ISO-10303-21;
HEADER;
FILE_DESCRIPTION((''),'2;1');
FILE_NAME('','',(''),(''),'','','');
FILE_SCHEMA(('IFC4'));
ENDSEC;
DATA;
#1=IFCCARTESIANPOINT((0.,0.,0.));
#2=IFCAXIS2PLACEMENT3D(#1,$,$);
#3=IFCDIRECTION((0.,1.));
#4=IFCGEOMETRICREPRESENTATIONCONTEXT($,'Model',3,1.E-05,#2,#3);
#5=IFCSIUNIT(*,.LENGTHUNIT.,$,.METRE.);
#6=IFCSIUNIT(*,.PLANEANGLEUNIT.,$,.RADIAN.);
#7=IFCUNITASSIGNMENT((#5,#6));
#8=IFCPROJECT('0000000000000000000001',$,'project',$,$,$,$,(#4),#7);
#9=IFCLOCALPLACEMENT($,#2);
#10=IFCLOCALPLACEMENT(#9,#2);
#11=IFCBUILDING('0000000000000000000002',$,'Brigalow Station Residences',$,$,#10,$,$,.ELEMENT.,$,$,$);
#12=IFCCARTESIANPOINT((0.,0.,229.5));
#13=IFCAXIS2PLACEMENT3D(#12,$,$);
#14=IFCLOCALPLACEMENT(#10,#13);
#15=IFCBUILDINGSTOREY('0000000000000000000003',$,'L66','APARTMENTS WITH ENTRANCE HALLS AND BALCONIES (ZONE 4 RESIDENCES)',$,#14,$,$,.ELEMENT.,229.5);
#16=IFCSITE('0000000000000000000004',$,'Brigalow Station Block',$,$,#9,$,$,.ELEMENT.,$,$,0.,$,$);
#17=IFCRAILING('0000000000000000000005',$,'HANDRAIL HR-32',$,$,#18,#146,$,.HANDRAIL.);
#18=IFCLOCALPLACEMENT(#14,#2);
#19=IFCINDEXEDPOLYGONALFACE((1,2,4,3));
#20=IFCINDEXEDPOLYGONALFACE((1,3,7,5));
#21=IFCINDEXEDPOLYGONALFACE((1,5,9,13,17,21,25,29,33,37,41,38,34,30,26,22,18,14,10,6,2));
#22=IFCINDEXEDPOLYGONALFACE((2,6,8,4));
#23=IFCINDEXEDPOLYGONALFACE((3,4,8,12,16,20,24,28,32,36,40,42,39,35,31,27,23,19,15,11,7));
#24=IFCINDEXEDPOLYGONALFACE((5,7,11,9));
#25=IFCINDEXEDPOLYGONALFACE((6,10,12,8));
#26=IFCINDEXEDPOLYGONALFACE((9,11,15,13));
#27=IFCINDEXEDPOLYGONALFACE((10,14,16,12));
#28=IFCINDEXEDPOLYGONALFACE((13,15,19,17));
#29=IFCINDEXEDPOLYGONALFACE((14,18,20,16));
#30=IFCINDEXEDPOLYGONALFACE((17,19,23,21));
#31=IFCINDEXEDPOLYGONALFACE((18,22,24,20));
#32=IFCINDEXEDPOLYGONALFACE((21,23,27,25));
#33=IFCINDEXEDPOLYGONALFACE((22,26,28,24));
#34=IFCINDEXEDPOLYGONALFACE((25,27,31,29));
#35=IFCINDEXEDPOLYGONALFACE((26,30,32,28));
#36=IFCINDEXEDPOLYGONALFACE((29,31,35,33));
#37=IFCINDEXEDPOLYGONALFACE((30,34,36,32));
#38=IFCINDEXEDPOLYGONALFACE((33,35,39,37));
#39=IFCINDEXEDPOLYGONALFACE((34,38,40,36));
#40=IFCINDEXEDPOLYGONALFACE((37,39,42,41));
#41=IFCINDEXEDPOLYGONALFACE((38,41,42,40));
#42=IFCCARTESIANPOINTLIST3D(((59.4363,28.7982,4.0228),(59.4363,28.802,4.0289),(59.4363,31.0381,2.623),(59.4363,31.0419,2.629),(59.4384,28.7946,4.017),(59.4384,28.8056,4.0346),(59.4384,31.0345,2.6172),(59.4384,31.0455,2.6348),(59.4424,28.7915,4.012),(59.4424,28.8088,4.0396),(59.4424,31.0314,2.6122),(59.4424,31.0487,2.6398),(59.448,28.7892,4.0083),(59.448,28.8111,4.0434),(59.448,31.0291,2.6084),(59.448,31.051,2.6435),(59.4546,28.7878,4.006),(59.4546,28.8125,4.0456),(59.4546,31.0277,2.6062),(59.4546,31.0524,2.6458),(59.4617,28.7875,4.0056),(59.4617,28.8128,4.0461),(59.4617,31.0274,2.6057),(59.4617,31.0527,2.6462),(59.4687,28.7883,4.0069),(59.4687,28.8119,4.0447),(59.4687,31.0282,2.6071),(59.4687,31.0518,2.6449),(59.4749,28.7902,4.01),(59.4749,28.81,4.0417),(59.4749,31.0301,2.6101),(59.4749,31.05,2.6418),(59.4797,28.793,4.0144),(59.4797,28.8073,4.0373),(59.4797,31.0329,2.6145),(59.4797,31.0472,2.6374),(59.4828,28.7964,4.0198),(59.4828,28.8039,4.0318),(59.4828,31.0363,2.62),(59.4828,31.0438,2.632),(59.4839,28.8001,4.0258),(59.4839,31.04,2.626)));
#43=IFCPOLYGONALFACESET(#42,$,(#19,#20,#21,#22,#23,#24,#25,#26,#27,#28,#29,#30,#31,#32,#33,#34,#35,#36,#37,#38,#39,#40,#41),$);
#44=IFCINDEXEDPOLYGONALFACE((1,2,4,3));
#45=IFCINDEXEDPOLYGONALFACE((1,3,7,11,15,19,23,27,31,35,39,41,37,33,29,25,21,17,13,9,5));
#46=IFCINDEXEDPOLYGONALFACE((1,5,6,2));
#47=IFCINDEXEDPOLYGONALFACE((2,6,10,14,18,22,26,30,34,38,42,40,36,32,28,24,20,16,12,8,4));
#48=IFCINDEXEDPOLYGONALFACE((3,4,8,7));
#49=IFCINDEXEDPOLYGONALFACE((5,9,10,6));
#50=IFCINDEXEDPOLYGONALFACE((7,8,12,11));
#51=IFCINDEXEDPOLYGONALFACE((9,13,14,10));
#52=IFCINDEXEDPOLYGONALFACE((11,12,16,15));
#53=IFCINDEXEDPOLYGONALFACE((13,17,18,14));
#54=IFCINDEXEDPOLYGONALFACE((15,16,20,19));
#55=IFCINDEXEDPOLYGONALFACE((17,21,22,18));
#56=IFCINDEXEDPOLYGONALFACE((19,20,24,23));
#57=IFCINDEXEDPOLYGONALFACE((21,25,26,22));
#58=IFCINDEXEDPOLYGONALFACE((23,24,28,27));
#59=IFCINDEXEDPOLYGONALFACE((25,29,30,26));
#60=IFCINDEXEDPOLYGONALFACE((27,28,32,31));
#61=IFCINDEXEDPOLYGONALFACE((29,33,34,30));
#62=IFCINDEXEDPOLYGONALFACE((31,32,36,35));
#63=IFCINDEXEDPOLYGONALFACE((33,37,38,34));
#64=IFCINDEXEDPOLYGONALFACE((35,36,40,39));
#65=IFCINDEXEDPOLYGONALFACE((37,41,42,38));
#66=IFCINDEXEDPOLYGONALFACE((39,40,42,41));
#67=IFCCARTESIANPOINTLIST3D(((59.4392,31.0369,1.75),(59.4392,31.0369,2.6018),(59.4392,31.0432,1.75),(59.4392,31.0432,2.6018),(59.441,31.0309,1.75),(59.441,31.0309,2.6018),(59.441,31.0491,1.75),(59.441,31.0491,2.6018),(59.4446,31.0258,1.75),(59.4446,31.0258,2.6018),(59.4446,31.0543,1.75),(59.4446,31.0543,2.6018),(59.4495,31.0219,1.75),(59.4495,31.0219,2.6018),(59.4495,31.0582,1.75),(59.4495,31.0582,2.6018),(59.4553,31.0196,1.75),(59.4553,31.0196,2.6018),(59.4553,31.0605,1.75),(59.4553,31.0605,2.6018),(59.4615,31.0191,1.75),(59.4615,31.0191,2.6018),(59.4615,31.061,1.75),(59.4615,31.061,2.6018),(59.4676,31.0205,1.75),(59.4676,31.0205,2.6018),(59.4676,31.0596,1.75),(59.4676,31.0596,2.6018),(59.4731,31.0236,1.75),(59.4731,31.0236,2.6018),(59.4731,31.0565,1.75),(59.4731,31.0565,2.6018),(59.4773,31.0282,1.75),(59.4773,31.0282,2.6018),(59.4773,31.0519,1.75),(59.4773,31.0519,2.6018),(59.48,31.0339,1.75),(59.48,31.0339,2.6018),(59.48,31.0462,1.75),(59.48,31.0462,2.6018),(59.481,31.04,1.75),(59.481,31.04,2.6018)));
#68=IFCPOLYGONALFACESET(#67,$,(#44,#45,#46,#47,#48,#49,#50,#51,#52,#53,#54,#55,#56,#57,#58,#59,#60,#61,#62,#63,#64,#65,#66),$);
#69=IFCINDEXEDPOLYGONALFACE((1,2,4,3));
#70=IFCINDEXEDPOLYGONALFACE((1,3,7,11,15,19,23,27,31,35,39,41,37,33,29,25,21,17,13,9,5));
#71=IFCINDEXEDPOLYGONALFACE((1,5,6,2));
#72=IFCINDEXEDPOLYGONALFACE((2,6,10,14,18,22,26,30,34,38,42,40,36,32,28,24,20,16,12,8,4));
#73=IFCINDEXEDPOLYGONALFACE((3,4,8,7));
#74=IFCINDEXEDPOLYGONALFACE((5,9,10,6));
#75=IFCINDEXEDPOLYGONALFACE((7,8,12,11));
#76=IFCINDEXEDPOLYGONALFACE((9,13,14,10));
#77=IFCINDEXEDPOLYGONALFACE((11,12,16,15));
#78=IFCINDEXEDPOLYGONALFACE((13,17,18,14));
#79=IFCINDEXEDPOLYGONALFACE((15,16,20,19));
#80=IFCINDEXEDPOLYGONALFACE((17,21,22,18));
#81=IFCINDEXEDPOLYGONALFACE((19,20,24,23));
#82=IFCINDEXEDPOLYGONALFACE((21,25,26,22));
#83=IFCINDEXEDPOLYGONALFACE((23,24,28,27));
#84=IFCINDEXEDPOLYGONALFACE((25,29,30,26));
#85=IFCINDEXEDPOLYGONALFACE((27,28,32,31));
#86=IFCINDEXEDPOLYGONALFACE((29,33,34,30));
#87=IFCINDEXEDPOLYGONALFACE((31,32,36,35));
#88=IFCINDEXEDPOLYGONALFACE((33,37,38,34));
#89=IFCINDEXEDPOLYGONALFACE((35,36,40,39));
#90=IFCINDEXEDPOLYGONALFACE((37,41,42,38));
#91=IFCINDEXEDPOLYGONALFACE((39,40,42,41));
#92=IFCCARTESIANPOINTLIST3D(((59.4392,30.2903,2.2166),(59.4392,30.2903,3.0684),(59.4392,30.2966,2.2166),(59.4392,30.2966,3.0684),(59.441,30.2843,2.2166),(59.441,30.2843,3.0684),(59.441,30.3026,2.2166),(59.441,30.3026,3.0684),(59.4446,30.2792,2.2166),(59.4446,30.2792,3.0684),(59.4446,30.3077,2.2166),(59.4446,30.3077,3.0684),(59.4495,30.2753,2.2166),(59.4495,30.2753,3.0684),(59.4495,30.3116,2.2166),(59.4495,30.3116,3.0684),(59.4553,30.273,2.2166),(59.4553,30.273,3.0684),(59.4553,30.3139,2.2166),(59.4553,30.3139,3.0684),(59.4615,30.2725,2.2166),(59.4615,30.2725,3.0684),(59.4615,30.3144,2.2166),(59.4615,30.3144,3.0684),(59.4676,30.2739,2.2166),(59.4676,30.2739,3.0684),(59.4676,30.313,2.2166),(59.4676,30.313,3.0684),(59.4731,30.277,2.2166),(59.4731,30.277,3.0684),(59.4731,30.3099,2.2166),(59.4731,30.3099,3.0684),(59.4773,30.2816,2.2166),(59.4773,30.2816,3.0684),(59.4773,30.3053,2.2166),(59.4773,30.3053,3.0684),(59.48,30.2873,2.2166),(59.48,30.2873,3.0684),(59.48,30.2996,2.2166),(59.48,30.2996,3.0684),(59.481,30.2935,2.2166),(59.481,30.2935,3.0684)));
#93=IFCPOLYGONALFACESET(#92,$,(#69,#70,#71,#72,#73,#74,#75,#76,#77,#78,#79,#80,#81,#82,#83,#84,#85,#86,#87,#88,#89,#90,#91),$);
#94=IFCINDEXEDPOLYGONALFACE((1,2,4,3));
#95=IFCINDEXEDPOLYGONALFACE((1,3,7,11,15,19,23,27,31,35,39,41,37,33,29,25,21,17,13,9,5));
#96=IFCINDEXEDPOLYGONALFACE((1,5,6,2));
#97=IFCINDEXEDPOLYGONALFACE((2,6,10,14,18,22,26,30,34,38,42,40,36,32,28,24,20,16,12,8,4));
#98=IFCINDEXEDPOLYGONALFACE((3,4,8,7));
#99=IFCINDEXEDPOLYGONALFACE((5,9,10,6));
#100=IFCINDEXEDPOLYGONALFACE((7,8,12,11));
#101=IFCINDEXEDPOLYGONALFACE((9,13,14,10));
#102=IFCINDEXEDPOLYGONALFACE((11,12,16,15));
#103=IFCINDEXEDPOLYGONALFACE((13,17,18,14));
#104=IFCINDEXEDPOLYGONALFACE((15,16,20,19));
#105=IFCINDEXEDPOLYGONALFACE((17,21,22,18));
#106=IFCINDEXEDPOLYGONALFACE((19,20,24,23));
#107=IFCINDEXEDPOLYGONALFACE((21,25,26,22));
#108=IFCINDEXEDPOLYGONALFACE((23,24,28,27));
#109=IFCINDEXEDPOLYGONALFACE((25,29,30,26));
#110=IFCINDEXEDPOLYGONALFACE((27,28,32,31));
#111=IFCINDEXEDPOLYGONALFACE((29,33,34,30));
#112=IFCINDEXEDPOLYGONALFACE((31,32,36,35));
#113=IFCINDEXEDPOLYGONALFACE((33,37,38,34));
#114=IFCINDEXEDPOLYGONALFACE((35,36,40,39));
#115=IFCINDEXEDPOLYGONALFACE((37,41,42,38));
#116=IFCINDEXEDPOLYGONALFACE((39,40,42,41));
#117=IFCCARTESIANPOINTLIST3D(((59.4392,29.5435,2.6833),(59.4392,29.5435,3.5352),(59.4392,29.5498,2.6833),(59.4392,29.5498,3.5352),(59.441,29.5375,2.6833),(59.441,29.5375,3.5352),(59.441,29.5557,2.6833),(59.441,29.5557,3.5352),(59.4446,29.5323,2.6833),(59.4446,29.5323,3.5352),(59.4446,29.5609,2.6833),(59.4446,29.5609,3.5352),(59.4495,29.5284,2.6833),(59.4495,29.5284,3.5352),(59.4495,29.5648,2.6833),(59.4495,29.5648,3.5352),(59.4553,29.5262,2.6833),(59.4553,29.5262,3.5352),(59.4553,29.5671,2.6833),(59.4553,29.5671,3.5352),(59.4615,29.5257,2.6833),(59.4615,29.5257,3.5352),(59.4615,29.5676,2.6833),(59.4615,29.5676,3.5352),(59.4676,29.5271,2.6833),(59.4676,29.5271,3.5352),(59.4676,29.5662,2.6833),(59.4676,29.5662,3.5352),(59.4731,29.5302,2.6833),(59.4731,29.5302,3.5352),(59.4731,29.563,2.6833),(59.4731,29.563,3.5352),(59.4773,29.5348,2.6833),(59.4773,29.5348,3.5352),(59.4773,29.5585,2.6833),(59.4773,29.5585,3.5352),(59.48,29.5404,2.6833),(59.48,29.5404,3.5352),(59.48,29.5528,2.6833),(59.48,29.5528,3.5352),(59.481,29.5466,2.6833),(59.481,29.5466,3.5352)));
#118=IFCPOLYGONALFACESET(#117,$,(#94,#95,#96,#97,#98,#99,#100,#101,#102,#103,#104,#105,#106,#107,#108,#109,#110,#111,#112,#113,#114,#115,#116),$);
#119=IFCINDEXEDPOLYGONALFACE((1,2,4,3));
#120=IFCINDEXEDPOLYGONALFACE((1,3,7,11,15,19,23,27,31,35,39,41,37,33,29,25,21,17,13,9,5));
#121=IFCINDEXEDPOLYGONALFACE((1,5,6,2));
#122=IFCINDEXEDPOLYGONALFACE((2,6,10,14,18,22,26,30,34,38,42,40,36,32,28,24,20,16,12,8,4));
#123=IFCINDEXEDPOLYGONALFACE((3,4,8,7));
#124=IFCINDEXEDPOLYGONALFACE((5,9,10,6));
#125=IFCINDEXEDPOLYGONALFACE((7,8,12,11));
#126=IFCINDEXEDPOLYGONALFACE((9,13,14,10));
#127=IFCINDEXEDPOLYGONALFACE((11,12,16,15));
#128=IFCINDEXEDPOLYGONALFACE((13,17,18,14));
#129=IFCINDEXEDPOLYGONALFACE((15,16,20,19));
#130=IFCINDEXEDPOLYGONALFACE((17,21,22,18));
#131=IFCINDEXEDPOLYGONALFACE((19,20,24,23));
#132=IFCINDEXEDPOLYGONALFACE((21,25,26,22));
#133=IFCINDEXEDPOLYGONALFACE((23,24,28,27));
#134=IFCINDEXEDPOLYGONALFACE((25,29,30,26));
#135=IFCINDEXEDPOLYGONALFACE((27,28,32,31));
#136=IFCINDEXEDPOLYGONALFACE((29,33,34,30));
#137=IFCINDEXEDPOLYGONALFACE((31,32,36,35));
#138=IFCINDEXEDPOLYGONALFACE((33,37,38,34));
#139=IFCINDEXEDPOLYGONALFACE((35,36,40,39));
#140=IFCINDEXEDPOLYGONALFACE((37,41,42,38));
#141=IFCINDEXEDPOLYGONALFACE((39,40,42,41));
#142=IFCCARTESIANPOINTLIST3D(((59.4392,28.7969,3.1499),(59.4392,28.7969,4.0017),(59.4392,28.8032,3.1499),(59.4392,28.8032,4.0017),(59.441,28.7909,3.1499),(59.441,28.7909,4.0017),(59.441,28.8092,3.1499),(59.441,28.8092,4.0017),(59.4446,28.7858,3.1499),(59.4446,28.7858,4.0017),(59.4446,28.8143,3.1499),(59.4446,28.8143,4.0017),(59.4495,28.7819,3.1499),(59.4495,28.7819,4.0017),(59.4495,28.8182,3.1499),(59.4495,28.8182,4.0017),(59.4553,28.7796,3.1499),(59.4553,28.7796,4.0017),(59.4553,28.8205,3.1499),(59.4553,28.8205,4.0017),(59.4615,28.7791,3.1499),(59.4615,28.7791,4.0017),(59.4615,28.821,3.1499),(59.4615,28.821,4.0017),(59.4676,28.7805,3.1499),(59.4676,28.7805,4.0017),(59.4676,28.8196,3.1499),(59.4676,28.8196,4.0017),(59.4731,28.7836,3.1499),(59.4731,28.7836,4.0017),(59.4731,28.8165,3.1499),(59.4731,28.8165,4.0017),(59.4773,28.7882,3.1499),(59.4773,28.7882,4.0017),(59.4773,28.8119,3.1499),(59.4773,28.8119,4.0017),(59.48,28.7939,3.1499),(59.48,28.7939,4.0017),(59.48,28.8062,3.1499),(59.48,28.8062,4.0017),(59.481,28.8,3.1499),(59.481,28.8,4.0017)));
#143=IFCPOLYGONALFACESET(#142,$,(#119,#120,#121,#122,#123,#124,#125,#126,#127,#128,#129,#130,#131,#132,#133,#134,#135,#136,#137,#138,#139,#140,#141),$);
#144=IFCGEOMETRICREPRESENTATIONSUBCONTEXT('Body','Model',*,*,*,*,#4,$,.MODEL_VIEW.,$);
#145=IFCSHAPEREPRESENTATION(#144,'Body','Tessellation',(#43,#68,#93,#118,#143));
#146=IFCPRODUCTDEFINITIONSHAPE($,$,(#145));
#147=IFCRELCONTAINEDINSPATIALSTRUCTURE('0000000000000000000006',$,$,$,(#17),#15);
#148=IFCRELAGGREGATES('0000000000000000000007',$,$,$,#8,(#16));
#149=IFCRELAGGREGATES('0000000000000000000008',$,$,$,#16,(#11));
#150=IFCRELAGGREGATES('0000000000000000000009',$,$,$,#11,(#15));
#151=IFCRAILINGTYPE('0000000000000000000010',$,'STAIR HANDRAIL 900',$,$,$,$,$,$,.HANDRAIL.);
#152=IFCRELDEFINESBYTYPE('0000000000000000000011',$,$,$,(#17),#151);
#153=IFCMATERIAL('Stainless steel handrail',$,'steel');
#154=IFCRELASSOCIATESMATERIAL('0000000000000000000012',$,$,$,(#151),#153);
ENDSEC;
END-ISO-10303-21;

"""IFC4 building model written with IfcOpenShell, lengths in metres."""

from ifc_helpers import new_model, si_unit, direction, frame, origin, origin_2d, place, context, subcontext, project, spatial, circle, extrude, material, type_object, element, save


model = new_model("IFC4")

# Units and contexts
model_context = context("Model", 3, precision=1e-05, world=origin(), true_north=direction((0.0, 1.0)))
body_context = subcontext(model_context, "Body", "Model", "MODEL_VIEW")
ifc_project = project(units=[si_unit("LENGTHUNIT", "METRE"), si_unit("PLANEANGLEUNIT", "RADIAN")], contexts=[model_context])

# Site, building, storey
site_placement = place(None, origin())
site = spatial("IfcSite", under=ifc_project, at=site_placement, Name="Brigalow Station Block", CompositionType="ELEMENT", RefElevation=0.0)
building_placement = place(site_placement, origin())
building = spatial("IfcBuilding", under=site, at=building_placement, Name="Brigalow Station Residences", CompositionType="ELEMENT")
storey_placement = place(building_placement, frame((0.0, 0.0, 229.5)))
storey = spatial("IfcBuildingStorey", under=building, at=storey_placement, Name="L66", Description="APARTMENTS WITH ENTRANCE HALLS AND BALCONIES (ZONE 4 RESIDENCES)", CompositionType="ELEMENT", Elevation=229.5)

# Railing
ifc_material_1 = material(Name="Stainless steel handrail", Category="steel")
railing_type_1 = type_object("IfcRailingType", Name="STAIR HANDRAIL 900", PredefinedType="HANDRAIL", material=ifc_material_1)
railing_1_placement = place(storey_placement, frame((59.46, 31.04, 1.75)))
element("IfcRailing", 1, at=railing_1_placement, inside=storey, type_object=railing_type_1, Name="HANDRAIL HR-32", PredefinedType="HANDRAIL", context=body_context, shape_type="SweptSolid", body=[
    extrude(circle(Radius=0.0239, at=origin_2d()), frame((0.0, 0.0, 0.876), z_axis=(0.0, -0.848014, 0.529974), x_axis=(1.0, 0.0, 0.0)), (0.0, 0.0, 1.0), 2.6414),
    extrude(circle(Radius=0.021, at=origin_2d()), origin(), (0.0, 0.0, 1.0), 0.8518),
    extrude(circle(Radius=0.021, at=origin_2d()), frame((0.0, -0.7466, 0.4666)), (0.0, 0.0, 1.0), 0.8518),
    extrude(circle(Radius=0.021, at=origin_2d()), frame((0.0, -1.4934, 0.9333)), (0.0, 0.0, 1.0), 0.8518),
    extrude(circle(Radius=0.021, at=origin_2d()), frame((0.0, -2.24, 1.3999)), (0.0, 0.0, 1.0), 0.8518),
])

save(model, "model.ifc")
